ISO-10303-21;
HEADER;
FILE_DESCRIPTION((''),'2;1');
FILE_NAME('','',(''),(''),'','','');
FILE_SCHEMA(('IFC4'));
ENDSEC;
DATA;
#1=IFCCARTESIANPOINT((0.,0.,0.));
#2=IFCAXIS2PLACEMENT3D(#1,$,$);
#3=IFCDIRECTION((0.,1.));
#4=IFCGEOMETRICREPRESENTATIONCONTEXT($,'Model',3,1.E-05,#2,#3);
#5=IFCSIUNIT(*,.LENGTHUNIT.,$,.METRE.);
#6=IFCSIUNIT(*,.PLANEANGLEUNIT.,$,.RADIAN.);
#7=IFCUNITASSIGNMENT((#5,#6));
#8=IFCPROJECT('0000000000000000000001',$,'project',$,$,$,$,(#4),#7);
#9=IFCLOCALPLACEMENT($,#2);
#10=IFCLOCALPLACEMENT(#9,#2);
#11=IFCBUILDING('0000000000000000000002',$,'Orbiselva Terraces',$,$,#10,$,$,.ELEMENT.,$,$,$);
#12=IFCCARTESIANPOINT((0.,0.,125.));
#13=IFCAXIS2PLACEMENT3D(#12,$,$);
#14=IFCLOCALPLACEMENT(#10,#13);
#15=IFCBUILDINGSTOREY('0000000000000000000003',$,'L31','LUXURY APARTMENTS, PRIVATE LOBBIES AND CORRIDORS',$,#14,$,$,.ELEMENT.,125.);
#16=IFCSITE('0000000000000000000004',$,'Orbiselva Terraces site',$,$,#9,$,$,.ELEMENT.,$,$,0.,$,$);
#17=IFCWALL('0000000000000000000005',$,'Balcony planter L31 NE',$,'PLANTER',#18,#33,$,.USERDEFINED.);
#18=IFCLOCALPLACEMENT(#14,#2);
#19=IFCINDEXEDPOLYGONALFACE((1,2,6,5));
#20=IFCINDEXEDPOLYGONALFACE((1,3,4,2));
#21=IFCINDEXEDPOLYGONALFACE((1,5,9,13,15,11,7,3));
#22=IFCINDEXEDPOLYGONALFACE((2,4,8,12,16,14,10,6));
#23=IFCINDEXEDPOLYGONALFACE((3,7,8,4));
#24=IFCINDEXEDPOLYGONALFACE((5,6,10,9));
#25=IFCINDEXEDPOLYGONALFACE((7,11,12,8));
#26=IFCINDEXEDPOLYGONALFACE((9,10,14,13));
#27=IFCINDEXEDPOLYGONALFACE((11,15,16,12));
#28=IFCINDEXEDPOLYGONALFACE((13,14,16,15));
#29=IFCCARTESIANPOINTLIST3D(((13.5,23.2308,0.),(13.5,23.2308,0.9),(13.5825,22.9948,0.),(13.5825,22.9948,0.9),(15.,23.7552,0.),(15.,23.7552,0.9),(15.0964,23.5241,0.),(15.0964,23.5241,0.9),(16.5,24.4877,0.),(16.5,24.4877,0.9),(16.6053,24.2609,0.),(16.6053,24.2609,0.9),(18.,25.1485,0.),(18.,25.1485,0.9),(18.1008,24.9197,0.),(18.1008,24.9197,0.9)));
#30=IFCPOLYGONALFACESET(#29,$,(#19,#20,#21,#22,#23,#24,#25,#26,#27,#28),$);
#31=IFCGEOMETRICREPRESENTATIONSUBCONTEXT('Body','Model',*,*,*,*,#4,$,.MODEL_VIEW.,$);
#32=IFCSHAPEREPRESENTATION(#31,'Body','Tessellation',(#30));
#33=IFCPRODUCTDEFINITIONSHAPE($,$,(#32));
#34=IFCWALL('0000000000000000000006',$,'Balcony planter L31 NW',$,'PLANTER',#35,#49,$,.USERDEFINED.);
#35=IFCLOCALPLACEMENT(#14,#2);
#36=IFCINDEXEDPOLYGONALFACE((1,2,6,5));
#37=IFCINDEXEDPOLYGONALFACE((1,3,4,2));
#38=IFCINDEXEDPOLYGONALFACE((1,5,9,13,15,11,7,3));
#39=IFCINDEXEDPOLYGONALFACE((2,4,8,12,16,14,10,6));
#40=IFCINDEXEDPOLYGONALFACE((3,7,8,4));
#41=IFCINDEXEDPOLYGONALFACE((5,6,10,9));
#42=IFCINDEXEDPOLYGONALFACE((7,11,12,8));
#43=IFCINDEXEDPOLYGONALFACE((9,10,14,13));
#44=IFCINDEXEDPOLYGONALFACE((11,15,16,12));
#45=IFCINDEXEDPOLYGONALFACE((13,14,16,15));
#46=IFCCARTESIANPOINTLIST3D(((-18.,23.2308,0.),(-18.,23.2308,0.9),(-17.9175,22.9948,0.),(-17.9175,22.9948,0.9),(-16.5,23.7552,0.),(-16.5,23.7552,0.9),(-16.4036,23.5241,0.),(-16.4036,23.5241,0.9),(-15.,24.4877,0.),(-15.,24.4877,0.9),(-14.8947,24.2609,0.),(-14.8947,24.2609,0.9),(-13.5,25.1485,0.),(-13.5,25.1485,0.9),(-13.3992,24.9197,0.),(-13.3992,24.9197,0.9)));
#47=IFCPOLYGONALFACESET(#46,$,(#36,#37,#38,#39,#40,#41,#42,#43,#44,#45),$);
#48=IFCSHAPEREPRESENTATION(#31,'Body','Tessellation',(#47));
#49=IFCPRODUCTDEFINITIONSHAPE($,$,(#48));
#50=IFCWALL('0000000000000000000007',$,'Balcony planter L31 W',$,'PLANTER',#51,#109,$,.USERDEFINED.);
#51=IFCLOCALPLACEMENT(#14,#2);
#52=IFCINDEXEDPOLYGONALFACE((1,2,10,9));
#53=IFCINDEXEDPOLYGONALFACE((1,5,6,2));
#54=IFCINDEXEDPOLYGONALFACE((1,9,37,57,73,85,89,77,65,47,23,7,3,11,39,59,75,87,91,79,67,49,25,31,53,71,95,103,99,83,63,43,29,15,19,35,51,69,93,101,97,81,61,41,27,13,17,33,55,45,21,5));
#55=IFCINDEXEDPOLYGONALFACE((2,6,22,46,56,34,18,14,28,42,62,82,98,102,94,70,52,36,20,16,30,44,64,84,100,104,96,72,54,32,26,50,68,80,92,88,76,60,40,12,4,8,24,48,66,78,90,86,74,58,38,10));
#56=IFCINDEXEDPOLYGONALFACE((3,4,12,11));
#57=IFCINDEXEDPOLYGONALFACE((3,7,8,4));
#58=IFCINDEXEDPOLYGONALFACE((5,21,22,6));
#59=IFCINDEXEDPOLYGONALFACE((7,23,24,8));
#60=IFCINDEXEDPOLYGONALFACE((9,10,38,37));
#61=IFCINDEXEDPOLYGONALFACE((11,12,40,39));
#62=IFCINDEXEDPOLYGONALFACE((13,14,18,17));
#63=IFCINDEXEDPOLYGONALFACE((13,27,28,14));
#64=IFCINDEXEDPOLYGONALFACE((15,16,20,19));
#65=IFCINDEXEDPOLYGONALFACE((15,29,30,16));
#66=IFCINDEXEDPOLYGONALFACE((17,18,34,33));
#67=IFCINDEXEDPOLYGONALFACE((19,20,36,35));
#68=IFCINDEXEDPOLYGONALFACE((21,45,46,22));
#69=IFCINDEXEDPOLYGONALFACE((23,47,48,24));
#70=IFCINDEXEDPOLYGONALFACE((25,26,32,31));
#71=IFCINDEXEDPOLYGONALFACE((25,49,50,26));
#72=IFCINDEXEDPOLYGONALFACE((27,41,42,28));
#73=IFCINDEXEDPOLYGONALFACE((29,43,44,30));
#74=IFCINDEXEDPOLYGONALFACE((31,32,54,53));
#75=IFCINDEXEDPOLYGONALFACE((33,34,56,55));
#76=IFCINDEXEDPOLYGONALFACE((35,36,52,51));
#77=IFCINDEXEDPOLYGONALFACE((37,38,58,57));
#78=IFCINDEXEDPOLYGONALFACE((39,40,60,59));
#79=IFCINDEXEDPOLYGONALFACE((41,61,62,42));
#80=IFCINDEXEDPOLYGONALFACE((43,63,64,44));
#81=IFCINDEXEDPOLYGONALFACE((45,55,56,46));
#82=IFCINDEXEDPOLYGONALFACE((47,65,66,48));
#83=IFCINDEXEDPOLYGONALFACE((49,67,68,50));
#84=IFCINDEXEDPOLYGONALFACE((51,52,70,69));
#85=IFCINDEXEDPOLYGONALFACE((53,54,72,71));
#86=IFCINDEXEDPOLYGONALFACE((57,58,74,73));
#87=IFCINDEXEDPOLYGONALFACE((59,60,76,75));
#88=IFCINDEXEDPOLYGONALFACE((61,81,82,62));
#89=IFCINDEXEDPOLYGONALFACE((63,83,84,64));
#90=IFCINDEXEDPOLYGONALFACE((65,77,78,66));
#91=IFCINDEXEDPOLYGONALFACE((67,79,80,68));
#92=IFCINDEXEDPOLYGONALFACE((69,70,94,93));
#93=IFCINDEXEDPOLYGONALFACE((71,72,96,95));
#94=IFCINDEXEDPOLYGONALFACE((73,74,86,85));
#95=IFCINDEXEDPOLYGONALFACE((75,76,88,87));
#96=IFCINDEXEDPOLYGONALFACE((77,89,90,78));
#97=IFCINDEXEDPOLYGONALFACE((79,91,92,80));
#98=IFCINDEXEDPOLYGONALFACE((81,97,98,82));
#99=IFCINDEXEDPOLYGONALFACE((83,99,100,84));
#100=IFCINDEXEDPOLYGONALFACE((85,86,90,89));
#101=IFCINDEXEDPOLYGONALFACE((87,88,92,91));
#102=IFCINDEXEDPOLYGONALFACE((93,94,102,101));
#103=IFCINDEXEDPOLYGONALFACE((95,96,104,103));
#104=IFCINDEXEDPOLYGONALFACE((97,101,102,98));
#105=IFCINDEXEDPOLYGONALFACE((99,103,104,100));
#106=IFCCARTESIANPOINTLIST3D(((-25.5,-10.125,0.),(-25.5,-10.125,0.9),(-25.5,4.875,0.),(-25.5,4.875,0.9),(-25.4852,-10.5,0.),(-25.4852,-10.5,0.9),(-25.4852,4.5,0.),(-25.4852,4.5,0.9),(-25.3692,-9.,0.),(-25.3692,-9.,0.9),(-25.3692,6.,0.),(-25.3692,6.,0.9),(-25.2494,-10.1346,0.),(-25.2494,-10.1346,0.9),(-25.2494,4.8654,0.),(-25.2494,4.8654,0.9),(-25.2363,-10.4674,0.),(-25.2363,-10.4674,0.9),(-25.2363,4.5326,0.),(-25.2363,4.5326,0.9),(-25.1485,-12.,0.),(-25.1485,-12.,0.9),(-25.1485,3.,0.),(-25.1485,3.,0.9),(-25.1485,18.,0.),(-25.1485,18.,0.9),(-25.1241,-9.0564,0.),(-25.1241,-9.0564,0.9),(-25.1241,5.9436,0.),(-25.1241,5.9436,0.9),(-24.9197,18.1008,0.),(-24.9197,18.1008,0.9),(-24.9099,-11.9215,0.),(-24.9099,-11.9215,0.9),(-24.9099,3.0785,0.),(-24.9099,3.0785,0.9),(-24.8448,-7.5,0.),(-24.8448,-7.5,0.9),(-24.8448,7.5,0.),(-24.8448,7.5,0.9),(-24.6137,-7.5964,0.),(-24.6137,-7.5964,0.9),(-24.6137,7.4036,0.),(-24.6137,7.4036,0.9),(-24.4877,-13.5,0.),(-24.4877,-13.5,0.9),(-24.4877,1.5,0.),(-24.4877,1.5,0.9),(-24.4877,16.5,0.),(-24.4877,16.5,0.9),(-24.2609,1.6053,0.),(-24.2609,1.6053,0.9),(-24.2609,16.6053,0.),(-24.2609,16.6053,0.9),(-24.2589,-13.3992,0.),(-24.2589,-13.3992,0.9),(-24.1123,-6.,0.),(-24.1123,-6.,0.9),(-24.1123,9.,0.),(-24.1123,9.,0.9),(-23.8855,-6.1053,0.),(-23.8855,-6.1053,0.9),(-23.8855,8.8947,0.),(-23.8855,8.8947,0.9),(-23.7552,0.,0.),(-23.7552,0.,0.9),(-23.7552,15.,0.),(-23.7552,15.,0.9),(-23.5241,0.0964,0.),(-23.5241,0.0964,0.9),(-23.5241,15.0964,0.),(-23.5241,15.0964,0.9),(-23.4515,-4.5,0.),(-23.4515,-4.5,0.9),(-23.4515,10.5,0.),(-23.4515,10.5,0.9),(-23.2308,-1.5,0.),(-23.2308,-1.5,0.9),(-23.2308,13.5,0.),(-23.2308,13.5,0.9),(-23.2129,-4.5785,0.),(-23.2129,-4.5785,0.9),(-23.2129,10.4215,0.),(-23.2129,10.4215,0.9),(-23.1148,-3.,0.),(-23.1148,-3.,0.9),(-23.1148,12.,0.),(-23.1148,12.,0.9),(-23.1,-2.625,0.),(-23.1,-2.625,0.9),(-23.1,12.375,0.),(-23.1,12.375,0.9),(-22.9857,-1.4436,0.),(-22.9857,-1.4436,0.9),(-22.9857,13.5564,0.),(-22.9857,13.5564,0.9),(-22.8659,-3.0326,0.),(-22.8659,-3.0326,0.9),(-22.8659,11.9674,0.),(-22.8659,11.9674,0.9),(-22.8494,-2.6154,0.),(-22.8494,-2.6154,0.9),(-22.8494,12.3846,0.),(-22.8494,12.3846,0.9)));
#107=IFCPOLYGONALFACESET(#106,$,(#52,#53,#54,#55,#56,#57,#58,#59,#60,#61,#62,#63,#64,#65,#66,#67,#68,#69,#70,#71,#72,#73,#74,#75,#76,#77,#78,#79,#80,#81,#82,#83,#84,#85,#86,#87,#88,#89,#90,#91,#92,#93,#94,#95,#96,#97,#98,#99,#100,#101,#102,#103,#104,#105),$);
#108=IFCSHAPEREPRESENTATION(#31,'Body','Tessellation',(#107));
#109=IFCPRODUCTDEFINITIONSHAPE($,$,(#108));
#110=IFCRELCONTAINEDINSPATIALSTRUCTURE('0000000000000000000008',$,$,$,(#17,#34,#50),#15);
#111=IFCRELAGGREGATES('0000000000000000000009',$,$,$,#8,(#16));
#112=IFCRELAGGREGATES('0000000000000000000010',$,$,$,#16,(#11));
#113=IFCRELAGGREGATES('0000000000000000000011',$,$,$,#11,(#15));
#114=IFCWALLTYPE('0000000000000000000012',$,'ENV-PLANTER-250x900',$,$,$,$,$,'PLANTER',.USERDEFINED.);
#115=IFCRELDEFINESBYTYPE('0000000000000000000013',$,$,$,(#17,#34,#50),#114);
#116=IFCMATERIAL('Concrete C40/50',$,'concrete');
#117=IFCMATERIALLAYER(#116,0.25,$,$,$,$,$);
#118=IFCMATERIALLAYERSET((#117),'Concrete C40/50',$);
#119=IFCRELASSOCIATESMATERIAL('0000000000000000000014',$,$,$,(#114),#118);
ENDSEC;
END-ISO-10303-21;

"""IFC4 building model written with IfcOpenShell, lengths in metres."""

from ifc_helpers import new_model, si_unit, direction, frame, origin, place, context, subcontext, project, spatial, polyline, outline, extrude, material, layer, layer_set, type_object, element, save


model = new_model("IFC4")

# Units and contexts
model_context = context("Model", 3, precision=1e-05, world=origin(), true_north=direction((0.0, 1.0)))
body_context = subcontext(model_context, "Body", "Model", "MODEL_VIEW")
ifc_project = project(units=[si_unit("LENGTHUNIT", "METRE"), si_unit("PLANEANGLEUNIT", "RADIAN")], contexts=[model_context])

# Site, building, storey
site_placement = place(None, origin())
site = spatial("IfcSite", under=ifc_project, at=site_placement, Name="Orbiselva Terraces site", CompositionType="ELEMENT", RefElevation=0.0)
building_placement = place(site_placement, origin())
building = spatial("IfcBuilding", under=site, at=building_placement, Name="Orbiselva Terraces", CompositionType="ELEMENT")
storey_placement = place(building_placement, frame((0.0, 0.0, 125.0)))
storey = spatial("IfcBuildingStorey", under=building, at=storey_placement, Name="L31", Description="LUXURY APARTMENTS, PRIVATE LOBBIES AND CORRIDORS", CompositionType="ELEMENT", Elevation=125.0)

# Shared definitions
ifc_material_1 = material(Name="Concrete C40/50", Category="concrete")

# Walls
ifc_layer_1 = layer(ifc_material_1, 0.25)
ifc_layer_set_1 = layer_set([ifc_layer_1], Name="Concrete C40/50")
wall_type = type_object("IfcWallType", Name="ENV-PLANTER-250x900", ElementType="PLANTER", PredefinedType="USERDEFINED", material=ifc_layer_set_1)
wall_1_placement = place(storey_placement, origin())
element("IfcWall", 1, at=wall_1_placement, inside=storey, type_object=wall_type, Name="Balcony planter L31 NE", ObjectType="PLANTER", PredefinedType="USERDEFINED", context=body_context, shape_type="SweptSolid", body=[
    extrude(outline(polyline([(18.0, 25.1485), (16.5, 24.4877), (15.0, 23.7552), (13.5, 23.2308), (13.5825, 22.9948), (15.0964, 23.5241), (16.6053, 24.2609), (18.1008, 24.9197), (18.0, 25.1485)])), origin(), (0.0, 0.0, 1.0), 0.9),
])
wall_2_placement = place(storey_placement, origin())
element("IfcWall", 2, at=wall_2_placement, inside=storey, type_object=wall_type, Name="Balcony planter L31 NW", ObjectType="PLANTER", PredefinedType="USERDEFINED", context=body_context, shape_type="SweptSolid", body=[
    extrude(outline(polyline([(-13.5, 25.1485), (-15.0, 24.4877), (-16.5, 23.7552), (-18.0, 23.2308), (-17.9175, 22.9948), (-16.4036, 23.5241), (-14.8947, 24.2609), (-13.3992, 24.9197), (-13.5, 25.1485)])), origin(), (0.0, 0.0, 1.0), 0.9),
])
wall_3_placement = place(storey_placement, origin())
element("IfcWall", 3, at=wall_3_placement, inside=storey, type_object=wall_type, Name="Balcony planter L31 W", ObjectType="PLANTER", PredefinedType="USERDEFINED", context=body_context, shape_type="SweptSolid", body=[
    extrude(outline(polyline([(-25.1485, 18.0), (-24.4877, 16.5), (-23.7552, 15.0), (-23.2308, 13.5), (-23.1, 12.375), (-23.1148, 12.0), (-23.4515, 10.5), (-24.1123, 9.0), (-24.8448, 7.5), (-25.3692, 6.0), (-25.5, 4.875), (-25.4852, 4.5), (-25.1485, 3.0), (-24.4877, 1.5), (-23.7552, 0.0), (-23.2308, -1.5), (-23.1, -2.625), (-23.1148, -3.0), (-23.4515, -4.5), (-24.1123, -6.0), (-24.8448, -7.5), (-25.3692, -9.0), (-25.5, -10.125), (-25.4852, -10.5), (-25.1485, -12.0), (-24.4877, -13.5), (-24.2589, -13.3992), (-24.9099, -11.9215), (-25.2363, -10.4674), (-25.2494, -10.1346), (-25.1241, -9.0564), (-24.6137, -7.5964), (-23.8855, -6.1053), (-23.2129, -4.5785), (-22.8659, -3.0326), (-22.8494, -2.6154), (-22.9857, -1.4436), (-23.5241, 0.0964), (-24.2609, 1.6053), (-24.9099, 3.0785), (-25.2363, 4.5326), (-25.2494, 4.8654), (-25.1241, 5.9436), (-24.6137, 7.4036), (-23.8855, 8.8947), (-23.2129, 10.4215), (-22.8659, 11.9674), (-22.8494, 12.3846), (-22.9857, 13.5564), (-23.5241, 15.0964), (-24.2609, 16.6053), (-24.9197, 18.1008), (-25.1485, 18.0)])), origin(), (0.0, 0.0, 1.0), 0.9),
])

save(model, "model.ifc")
